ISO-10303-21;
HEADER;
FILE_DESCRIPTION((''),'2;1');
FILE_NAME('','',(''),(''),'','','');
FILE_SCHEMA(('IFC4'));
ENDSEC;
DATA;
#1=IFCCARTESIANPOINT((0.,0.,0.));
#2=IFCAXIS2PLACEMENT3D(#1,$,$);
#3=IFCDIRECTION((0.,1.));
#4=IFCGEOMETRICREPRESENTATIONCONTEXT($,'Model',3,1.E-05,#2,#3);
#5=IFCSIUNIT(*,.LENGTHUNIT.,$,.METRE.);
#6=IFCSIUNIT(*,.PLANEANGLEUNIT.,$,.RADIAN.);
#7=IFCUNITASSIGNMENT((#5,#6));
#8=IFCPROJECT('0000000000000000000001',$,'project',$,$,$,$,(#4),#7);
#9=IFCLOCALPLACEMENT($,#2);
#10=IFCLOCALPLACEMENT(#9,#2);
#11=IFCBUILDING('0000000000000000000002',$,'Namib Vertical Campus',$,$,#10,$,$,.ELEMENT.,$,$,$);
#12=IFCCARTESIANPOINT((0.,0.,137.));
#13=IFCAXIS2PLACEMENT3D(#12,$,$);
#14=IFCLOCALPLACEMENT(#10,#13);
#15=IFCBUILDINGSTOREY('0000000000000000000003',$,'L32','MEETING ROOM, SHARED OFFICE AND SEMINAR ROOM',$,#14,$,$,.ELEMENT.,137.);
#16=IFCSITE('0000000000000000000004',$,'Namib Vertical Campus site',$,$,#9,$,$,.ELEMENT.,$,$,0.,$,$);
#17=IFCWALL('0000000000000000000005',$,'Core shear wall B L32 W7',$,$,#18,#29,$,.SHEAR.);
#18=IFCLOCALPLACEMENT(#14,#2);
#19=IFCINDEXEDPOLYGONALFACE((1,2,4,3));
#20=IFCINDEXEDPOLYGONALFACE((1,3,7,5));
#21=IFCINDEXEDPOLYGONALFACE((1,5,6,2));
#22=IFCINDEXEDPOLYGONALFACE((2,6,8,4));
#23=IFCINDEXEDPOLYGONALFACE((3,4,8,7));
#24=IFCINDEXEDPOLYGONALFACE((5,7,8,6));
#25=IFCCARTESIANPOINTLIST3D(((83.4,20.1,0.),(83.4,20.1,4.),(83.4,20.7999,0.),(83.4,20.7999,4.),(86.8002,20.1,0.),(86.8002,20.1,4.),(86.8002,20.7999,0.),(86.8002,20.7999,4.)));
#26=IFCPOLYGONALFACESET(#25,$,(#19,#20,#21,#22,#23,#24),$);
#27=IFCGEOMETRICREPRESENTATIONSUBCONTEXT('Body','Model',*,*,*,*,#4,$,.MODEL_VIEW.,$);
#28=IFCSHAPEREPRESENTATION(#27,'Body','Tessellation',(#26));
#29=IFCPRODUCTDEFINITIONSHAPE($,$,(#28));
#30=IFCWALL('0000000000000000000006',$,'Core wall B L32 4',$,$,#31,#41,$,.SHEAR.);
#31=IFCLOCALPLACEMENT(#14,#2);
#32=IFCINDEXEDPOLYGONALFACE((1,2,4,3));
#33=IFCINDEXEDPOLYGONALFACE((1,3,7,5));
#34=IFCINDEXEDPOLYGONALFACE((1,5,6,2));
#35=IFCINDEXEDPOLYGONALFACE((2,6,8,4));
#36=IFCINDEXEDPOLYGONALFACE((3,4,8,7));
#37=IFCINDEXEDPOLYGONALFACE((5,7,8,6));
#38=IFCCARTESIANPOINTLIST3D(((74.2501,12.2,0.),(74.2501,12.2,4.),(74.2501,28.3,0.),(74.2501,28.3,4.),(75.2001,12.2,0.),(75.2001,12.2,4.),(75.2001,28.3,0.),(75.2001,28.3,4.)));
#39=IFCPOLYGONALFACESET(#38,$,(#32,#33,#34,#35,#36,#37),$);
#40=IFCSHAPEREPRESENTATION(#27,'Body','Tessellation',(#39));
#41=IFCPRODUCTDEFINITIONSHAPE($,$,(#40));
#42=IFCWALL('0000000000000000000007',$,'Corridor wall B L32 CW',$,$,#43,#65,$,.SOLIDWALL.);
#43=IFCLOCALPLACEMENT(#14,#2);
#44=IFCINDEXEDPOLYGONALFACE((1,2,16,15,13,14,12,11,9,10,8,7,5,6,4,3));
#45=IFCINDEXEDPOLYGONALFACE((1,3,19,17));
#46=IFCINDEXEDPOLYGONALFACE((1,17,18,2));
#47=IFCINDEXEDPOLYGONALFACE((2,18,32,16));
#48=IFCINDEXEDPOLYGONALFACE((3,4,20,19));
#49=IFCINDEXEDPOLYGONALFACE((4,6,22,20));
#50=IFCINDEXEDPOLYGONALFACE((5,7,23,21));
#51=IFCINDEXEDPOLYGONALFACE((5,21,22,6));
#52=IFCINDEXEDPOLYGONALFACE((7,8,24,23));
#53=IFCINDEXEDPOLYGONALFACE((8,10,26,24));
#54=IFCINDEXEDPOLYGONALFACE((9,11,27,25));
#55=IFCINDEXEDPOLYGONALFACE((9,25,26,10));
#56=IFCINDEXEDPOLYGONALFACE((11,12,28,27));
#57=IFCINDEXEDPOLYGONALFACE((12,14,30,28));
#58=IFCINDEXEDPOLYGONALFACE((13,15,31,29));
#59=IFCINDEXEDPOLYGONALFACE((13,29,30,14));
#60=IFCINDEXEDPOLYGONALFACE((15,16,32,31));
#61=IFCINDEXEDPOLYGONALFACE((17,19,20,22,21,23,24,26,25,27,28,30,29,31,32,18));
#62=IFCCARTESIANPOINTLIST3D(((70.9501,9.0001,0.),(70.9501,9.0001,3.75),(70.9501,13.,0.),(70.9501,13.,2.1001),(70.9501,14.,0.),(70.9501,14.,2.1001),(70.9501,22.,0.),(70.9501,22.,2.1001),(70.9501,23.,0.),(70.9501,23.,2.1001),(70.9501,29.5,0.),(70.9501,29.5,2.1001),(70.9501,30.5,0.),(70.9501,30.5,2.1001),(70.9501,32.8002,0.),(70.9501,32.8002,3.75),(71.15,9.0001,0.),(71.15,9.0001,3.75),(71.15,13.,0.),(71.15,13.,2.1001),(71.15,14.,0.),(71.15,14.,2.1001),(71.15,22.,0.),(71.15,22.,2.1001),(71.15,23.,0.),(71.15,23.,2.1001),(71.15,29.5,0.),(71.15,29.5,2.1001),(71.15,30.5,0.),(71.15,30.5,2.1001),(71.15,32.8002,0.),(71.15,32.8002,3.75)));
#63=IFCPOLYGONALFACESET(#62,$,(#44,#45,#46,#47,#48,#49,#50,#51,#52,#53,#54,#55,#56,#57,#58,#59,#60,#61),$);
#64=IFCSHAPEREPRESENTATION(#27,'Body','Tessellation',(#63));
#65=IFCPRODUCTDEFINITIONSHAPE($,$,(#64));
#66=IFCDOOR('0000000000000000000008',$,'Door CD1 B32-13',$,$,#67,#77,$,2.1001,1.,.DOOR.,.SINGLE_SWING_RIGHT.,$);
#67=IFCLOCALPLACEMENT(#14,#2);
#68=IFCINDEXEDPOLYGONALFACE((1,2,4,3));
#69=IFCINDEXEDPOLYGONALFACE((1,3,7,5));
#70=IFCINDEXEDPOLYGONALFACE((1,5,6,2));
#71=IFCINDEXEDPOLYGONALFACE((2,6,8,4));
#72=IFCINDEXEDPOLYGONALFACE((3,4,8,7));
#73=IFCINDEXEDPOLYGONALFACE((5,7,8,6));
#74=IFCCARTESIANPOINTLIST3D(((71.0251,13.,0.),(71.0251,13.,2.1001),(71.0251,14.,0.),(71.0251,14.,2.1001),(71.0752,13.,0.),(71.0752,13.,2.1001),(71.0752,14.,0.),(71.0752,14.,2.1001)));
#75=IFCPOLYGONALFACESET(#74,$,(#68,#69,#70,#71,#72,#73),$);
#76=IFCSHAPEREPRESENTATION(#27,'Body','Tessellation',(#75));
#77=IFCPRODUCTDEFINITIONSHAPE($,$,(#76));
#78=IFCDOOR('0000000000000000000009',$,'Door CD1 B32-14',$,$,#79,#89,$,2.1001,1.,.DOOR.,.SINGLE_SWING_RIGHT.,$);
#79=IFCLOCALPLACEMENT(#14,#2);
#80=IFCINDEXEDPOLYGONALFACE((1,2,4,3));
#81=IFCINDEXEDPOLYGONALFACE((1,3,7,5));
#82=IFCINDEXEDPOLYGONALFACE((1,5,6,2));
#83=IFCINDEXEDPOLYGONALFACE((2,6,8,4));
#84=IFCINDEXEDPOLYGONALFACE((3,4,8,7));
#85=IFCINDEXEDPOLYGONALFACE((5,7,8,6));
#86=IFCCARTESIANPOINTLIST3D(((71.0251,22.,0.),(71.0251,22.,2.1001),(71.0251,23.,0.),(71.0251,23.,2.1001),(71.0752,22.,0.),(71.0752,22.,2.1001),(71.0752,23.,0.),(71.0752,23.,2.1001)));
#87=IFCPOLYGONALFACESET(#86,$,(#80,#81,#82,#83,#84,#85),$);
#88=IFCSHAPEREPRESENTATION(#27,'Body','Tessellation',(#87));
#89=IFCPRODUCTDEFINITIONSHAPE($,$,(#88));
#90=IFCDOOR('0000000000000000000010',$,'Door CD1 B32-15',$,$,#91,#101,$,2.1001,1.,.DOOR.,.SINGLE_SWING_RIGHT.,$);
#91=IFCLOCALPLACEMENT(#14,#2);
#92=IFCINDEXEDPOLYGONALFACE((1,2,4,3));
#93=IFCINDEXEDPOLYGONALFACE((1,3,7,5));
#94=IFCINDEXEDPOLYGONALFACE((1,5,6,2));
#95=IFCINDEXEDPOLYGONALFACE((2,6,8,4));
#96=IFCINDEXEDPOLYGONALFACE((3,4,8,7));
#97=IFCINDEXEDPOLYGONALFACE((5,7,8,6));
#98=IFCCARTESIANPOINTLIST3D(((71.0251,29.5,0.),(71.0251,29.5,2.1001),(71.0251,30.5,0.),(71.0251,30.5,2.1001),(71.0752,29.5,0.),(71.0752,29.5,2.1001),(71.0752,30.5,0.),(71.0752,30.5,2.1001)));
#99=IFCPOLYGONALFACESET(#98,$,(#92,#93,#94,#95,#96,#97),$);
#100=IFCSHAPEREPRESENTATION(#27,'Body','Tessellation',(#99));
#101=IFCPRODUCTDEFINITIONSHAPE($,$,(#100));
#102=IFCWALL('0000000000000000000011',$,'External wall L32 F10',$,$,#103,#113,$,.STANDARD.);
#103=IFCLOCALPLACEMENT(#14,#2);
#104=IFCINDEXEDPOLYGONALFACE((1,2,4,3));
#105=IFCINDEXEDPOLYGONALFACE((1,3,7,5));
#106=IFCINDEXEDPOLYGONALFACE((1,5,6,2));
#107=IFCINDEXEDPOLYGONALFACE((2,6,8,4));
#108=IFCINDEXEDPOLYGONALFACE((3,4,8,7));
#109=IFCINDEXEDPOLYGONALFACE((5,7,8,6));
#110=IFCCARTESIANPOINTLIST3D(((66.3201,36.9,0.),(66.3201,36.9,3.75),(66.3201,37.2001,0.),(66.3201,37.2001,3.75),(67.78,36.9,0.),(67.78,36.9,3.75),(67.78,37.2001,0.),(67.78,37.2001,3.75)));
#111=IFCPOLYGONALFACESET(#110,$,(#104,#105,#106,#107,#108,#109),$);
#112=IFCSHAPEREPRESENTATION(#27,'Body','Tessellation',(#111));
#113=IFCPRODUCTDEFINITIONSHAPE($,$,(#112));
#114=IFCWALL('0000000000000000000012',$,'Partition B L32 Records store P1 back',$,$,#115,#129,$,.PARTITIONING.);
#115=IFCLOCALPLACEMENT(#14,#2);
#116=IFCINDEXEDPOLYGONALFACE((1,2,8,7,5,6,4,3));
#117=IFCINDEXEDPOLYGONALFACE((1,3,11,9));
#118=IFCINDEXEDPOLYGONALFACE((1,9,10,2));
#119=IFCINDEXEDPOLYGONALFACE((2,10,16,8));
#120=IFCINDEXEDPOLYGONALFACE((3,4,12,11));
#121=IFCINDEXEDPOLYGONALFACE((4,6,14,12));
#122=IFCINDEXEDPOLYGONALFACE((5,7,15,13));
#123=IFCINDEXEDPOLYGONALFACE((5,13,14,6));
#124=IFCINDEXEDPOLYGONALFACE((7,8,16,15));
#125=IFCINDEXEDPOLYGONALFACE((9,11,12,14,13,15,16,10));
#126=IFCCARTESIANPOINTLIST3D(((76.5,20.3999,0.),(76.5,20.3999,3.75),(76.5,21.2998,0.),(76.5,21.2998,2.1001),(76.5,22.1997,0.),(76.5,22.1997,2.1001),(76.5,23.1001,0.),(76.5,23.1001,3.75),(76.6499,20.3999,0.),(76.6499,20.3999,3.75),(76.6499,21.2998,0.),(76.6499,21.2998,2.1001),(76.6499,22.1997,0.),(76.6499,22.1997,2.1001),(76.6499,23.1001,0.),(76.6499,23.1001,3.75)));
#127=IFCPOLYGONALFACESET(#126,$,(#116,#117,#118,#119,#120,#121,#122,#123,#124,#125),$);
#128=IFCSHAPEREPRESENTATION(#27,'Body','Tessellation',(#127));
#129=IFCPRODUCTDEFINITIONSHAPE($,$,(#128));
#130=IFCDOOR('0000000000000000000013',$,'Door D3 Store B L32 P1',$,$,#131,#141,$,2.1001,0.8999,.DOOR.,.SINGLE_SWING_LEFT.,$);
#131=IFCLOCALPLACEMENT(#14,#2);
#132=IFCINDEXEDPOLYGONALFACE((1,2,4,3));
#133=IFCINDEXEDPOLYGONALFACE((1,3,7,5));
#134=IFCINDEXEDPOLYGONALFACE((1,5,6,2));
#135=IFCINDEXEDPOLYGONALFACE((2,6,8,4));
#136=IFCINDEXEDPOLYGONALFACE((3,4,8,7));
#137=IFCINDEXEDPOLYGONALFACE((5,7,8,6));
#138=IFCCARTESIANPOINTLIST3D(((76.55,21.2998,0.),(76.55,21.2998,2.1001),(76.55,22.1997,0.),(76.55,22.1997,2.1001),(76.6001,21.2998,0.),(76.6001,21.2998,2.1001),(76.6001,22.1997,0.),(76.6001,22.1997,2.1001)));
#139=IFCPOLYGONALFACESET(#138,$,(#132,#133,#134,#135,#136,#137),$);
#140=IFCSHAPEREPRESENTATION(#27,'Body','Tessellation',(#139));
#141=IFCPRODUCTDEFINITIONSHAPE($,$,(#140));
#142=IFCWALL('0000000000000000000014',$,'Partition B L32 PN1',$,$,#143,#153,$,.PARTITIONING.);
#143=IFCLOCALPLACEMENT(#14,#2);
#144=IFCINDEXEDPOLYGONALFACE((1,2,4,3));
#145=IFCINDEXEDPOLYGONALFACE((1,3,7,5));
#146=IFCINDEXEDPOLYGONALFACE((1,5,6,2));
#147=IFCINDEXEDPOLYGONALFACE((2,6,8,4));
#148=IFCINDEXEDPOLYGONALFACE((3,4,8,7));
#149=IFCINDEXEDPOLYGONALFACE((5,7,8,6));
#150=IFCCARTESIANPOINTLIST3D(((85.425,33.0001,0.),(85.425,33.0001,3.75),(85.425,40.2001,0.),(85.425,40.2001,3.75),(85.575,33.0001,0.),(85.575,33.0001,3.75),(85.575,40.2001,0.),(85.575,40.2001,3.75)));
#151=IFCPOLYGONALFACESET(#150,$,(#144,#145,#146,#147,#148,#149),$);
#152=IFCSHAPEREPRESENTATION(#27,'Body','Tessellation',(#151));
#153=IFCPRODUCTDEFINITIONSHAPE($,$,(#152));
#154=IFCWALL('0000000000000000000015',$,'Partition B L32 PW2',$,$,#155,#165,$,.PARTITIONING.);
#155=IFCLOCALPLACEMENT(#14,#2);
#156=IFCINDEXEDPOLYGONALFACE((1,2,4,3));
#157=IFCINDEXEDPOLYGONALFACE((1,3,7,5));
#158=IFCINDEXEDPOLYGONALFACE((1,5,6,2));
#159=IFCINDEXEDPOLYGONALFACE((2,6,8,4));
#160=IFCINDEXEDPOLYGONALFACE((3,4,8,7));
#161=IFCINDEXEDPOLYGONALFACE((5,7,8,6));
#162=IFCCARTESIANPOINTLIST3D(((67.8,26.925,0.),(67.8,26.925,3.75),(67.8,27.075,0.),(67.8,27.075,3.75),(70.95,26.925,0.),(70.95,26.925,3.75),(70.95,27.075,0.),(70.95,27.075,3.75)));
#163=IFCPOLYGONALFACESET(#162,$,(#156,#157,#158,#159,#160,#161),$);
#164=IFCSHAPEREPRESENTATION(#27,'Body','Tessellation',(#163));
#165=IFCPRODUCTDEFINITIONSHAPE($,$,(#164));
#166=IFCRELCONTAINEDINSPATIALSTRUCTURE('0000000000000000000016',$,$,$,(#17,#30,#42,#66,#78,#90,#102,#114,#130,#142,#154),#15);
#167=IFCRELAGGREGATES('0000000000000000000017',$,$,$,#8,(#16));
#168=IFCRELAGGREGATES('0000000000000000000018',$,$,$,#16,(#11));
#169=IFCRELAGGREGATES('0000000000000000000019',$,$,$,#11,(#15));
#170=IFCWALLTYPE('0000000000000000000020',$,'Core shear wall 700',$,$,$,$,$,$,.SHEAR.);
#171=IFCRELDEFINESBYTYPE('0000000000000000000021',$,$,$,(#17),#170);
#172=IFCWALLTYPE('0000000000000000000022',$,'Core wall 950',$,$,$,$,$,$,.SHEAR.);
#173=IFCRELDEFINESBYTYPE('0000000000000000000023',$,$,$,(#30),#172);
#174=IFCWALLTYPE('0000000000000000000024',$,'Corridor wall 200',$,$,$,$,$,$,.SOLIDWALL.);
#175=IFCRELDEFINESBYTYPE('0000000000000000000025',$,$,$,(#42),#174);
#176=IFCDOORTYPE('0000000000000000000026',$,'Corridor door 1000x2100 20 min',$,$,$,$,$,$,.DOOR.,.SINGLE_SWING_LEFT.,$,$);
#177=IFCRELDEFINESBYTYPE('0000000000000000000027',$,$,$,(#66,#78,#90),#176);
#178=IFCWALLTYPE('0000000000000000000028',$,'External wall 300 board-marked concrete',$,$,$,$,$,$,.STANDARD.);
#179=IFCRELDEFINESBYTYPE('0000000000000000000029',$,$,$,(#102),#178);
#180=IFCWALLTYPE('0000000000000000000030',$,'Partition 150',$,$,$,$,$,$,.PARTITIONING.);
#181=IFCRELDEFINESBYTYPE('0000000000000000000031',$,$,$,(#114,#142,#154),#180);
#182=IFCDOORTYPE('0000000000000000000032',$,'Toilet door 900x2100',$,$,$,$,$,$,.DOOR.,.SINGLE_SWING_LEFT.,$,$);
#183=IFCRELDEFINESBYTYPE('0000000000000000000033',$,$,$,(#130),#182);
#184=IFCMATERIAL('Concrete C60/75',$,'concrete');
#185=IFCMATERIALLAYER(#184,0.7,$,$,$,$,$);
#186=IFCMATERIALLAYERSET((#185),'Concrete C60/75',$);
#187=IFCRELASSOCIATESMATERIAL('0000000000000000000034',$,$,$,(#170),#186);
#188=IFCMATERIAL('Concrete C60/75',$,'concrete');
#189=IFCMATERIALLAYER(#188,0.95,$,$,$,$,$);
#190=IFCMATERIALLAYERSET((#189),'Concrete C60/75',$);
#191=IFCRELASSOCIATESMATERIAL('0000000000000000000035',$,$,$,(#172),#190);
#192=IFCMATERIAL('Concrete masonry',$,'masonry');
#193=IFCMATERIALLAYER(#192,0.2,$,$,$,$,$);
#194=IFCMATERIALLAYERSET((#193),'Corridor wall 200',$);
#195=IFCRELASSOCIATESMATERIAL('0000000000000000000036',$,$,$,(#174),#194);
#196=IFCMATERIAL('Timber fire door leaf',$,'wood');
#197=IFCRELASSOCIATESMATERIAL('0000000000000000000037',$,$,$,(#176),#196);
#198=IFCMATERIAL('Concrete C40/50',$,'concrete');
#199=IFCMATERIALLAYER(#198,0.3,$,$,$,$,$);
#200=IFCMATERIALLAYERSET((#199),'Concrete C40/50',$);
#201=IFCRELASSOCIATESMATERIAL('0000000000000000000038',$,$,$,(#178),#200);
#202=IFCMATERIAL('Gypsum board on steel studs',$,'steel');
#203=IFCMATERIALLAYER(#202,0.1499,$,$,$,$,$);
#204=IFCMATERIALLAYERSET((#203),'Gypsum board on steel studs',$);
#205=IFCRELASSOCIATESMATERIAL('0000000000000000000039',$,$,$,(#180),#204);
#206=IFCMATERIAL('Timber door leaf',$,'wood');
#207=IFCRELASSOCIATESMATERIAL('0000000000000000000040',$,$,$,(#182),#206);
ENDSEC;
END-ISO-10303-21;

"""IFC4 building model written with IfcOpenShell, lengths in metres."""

from ifc_helpers import new_model, si_unit, direction, frame, frame_2d, origin, place, context, subcontext, project, spatial, rectangle, extrude, material, layer, layer_set, type_object, element, fill, save


model = new_model("IFC4")

# Units and contexts
model_context = context("Model", 3, precision=1e-05, world=origin(), true_north=direction((0.0, 1.0)))
body_context = subcontext(model_context, "Body", "Model", "MODEL_VIEW")
ifc_project = project(units=[si_unit("LENGTHUNIT", "METRE"), si_unit("PLANEANGLEUNIT", "RADIAN")], contexts=[model_context])

# Site, building, storey
site_placement = place(None, origin())
site = spatial("IfcSite", under=ifc_project, at=site_placement, Name="Namib Vertical Campus site", CompositionType="ELEMENT", RefElevation=0.0)
building_placement = place(site_placement, origin())
building = spatial("IfcBuilding", under=site, at=building_placement, Name="Namib Vertical Campus", CompositionType="ELEMENT")
storey_placement = place(building_placement, frame((0.0, 0.0, 137.0)))
storey = spatial("IfcBuildingStorey", under=building, at=storey_placement, Name="L32", Description="MEETING ROOM, SHARED OFFICE AND SEMINAR ROOM", CompositionType="ELEMENT", Elevation=137.0)

# Walls
ifc_material_1 = material(Name="Concrete C60/75", Category="concrete")
ifc_layer_1 = layer(ifc_material_1, 0.7)
ifc_layer_set_1 = layer_set([ifc_layer_1], Name="Concrete C60/75")
wall_type_1 = type_object("IfcWallType", Name="Core shear wall 700", PredefinedType="SHEAR", material=ifc_layer_set_1)
wall_1_placement = place(storey_placement, frame((83.3999, 20.45, 0.0), z_axis=(0.0, 0.0, 1.0), x_axis=(1.0, 0.0, 0.0)))
element("IfcWall", 1, at=wall_1_placement, inside=storey, type_object=wall_type_1, Name="Core shear wall B L32 W7", PredefinedType="SHEAR", context=body_context, shape_type="SweptSolid", body=[
    extrude(rectangle(XDim=3.4001, YDim=0.7, at=frame_2d((1.7002, 0.0))), origin(), (0.0, 0.0, 1.0), 4.0),
])
ifc_material_2 = material(Name="Concrete C60/75", Category="concrete")
ifc_layer_2 = layer(ifc_material_2, 0.95)
ifc_layer_set_2 = layer_set([ifc_layer_2], Name="Concrete C60/75")
wall_type_2 = type_object("IfcWallType", Name="Core wall 950", PredefinedType="SHEAR", material=ifc_layer_set_2)
wall_2_placement = place(storey_placement, frame((74.7251, 28.3, 0.0), z_axis=(0.0, 0.0, 1.0), x_axis=(0.0, -1.0, 0.0)))
element("IfcWall", 2, at=wall_2_placement, inside=storey, type_object=wall_type_2, Name="Core wall B L32 4", PredefinedType="SHEAR", context=body_context, shape_type="SweptSolid", body=[
    extrude(rectangle(XDim=16.1001, YDim=0.95, at=frame_2d((8.05, 0.0))), origin(), (0.0, 0.0, 1.0), 4.0),
])

# Wall, openings, doors
ifc_material_3 = material(Name="Concrete masonry", Category="masonry")
ifc_layer_3 = layer(ifc_material_3, 0.2)
ifc_layer_set_3 = layer_set([ifc_layer_3], Name="Corridor wall 200")
wall_type_3 = type_object("IfcWallType", Name="Corridor wall 200", PredefinedType="SOLIDWALL", material=ifc_layer_set_3)
wall_3_placement = place(storey_placement, frame((71.05, 32.8, 0.0), z_axis=(0.0, 0.0, 1.0), x_axis=(0.0, -1.0, 0.0)))
wall_3 = element("IfcWall", 3, at=wall_3_placement, inside=storey, type_object=wall_type_3, Name="Corridor wall B L32 CW", PredefinedType="SOLIDWALL", context=body_context, shape_type="SweptSolid", body=[
    extrude(rectangle(XDim=23.8, YDim=0.2, at=frame_2d((11.8999, 0.0))), origin(), (0.0, 0.0, 1.0), 3.75),
])
opening_1_placement = place(wall_3_placement, frame((18.8, 0.0, 0.0)))
opening_1 = element("IfcOpeningElement", 4, at=opening_1_placement, cuts=wall_3, PredefinedType="OPENING", context=body_context, shape_type="SweptSolid", body=[
    extrude(rectangle(XDim=1.0, YDim=2.1001, at=frame_2d((0.5, 1.05))), frame((0.0, 0.1099, 0.0), z_axis=(0.0, -1.0, 0.0), x_axis=(1.0, 0.0, 0.0)), (0.0, 0.0, 1.0), 0.22),
])
opening_2_placement = place(wall_3_placement, frame((9.8, 0.0, 0.0)))
opening_2 = element("IfcOpeningElement", 5, at=opening_2_placement, cuts=wall_3, PredefinedType="OPENING", context=body_context, shape_type="SweptSolid", body=[
    extrude(rectangle(XDim=1.0, YDim=2.1001, at=frame_2d((0.5, 1.05))), frame((0.0, 0.1099, 0.0), z_axis=(0.0, -1.0, 0.0), x_axis=(1.0, 0.0, 0.0)), (0.0, 0.0, 1.0), 0.22),
])
opening_3_placement = place(wall_3_placement, frame((2.3, 0.0, 0.0)))
opening_3 = element("IfcOpeningElement", 6, at=opening_3_placement, cuts=wall_3, PredefinedType="OPENING", context=body_context, shape_type="SweptSolid", body=[
    extrude(rectangle(XDim=1.0, YDim=2.1001, at=frame_2d((0.5, 1.05))), frame((0.0, 0.1099, 0.0), z_axis=(0.0, -1.0, 0.0), x_axis=(1.0, 0.0, 0.0)), (0.0, 0.0, 1.0), 0.22),
])
ifc_material_4 = material(Name="Timber fire door leaf", Category="wood")
door_type_1 = type_object("IfcDoorType", Name="Corridor door 1000x2100 20 min", OperationType="SINGLE_SWING_LEFT", PredefinedType="DOOR", material=ifc_material_4)
door_1_placement = place(opening_1_placement, frame((1.0, 0.0, 0.0), z_axis=(0.0, 0.0, 1.0), x_axis=(-1.0, 0.0, 0.0)))
door_1 = element("IfcDoor", 7, at=door_1_placement, inside=storey, type_object=door_type_1, Name="Door CD1 B32-13", OperationType="SINGLE_SWING_RIGHT", OverallHeight=2.1001, OverallWidth=1.0, PredefinedType="DOOR", context=body_context, shape_type="SweptSolid", body=[
    extrude(rectangle(XDim=1.0, YDim=2.1001, at=frame_2d((0.5, 1.05))), frame((0.0, 0.0249, 0.0), z_axis=(0.0, -1.0, 0.0), x_axis=(1.0, 0.0, 0.0)), (0.0, 0.0, 1.0), 0.05),
])
fill(opening_1, door_1)
door_2_placement = place(opening_2_placement, frame((1.0, 0.0, 0.0), z_axis=(0.0, 0.0, 1.0), x_axis=(-1.0, 0.0, 0.0)))
door_2 = element("IfcDoor", 8, at=door_2_placement, inside=storey, type_object=door_type_1, Name="Door CD1 B32-14", OperationType="SINGLE_SWING_RIGHT", OverallHeight=2.1001, OverallWidth=1.0, PredefinedType="DOOR", context=body_context, shape_type="SweptSolid", body=[
    extrude(rectangle(XDim=1.0, YDim=2.1001, at=frame_2d((0.5, 1.05))), frame((0.0, 0.0249, 0.0), z_axis=(0.0, -1.0, 0.0), x_axis=(1.0, 0.0, 0.0)), (0.0, 0.0, 1.0), 0.05),
])
fill(opening_2, door_2)
door_3_placement = place(opening_3_placement, frame((1.0, 0.0, 0.0), z_axis=(0.0, 0.0, 1.0), x_axis=(-1.0, 0.0, 0.0)))
door_3 = element("IfcDoor", 9, at=door_3_placement, inside=storey, type_object=door_type_1, Name="Door CD1 B32-15", OperationType="SINGLE_SWING_RIGHT", OverallHeight=2.1001, OverallWidth=1.0, PredefinedType="DOOR", context=body_context, shape_type="SweptSolid", body=[
    extrude(rectangle(XDim=1.0, YDim=2.1001, at=frame_2d((0.5, 1.05))), frame((0.0, 0.0249, 0.0), z_axis=(0.0, -1.0, 0.0), x_axis=(1.0, 0.0, 0.0)), (0.0, 0.0, 1.0), 0.05),
])
fill(opening_3, door_3)

# Wall
ifc_material_5 = material(Name="Concrete C40/50", Category="concrete")
ifc_layer_4 = layer(ifc_material_5, 0.3)
ifc_layer_set_4 = layer_set([ifc_layer_4], Name="Concrete C40/50")
wall_type_4 = type_object("IfcWallType", Name="External wall 300 board-marked concrete", PredefinedType="STANDARD", material=ifc_layer_set_4)
wall_4_placement = place(storey_placement, frame((67.78, 37.05, 0.0), z_axis=(0.0, 0.0, 1.0), x_axis=(-1.0, 0.0, 0.0)))
element("IfcWall", 10, at=wall_4_placement, inside=storey, type_object=wall_type_4, Name="External wall L32 F10", PredefinedType="STANDARD", context=body_context, shape_type="SweptSolid", body=[
    extrude(rectangle(XDim=1.46, YDim=0.3, at=frame_2d((0.73, 0.0))), origin(), (0.0, 0.0, 1.0), 3.75),
])

# Wall, opening, door
ifc_material_6 = material(Name="Gypsum board on steel studs", Category="steel")
ifc_layer_5 = layer(ifc_material_6, 0.1499)
ifc_layer_set_5 = layer_set([ifc_layer_5], Name="Gypsum board on steel studs")
wall_type_5 = type_object("IfcWallType", Name="Partition 150", PredefinedType="PARTITIONING", material=ifc_layer_set_5)
wall_5_placement = place(storey_placement, frame((76.575, 20.3999, 0.0), z_axis=(0.0, 0.0, 1.0), x_axis=(0.0, 1.0, 0.0)))
wall_5 = element("IfcWall", 11, at=wall_5_placement, inside=storey, type_object=wall_type_5, Name="Partition B L32 Records store P1 back", PredefinedType="PARTITIONING", context=body_context, shape_type="SweptSolid", body=[
    extrude(rectangle(XDim=2.7002, YDim=0.1499, at=frame_2d((1.3501, 0.0))), origin(), (0.0, 0.0, 1.0), 3.75),
])
opening_4_placement = place(wall_5_placement, frame((0.8999, 0.0, 0.0)))
opening_4 = element("IfcOpeningElement", 12, at=opening_4_placement, cuts=wall_5, PredefinedType="OPENING", context=body_context, shape_type="SweptSolid", body=[
    extrude(rectangle(XDim=0.8999, YDim=2.1001, at=frame_2d((0.45, 1.05))), frame((0.0, 0.085, 0.0), z_axis=(0.0, -1.0, 0.0), x_axis=(1.0, 0.0, 0.0)), (0.0, 0.0, 1.0), 0.1699),
])
ifc_material_7 = material(Name="Timber door leaf", Category="wood")
door_type_2 = type_object("IfcDoorType", Name="Toilet door 900x2100", OperationType="SINGLE_SWING_LEFT", PredefinedType="DOOR", material=ifc_material_7)
door_4_placement = place(opening_4_placement, origin())
door_4 = element("IfcDoor", 13, at=door_4_placement, inside=storey, type_object=door_type_2, Name="Door D3 Store B L32 P1", OperationType="SINGLE_SWING_LEFT", OverallHeight=2.1001, OverallWidth=0.8999, PredefinedType="DOOR", context=body_context, shape_type="SweptSolid", body=[
    extrude(rectangle(XDim=0.8999, YDim=2.1001, at=frame_2d((0.45, 1.05))), frame((0.0, 0.0249, 0.0), z_axis=(0.0, -1.0, 0.0), x_axis=(1.0, 0.0, 0.0)), (0.0, 0.0, 1.0), 0.05),
])
fill(opening_4, door_4)

# Walls
wall_6_placement = place(storey_placement, frame((85.5, 33.0, 0.0), z_axis=(0.0, 0.0, 1.0), x_axis=(0.0, 1.0, 0.0)))
element("IfcWall", 14, at=wall_6_placement, inside=storey, type_object=wall_type_5, Name="Partition B L32 PN1", PredefinedType="PARTITIONING", context=body_context, shape_type="SweptSolid", body=[
    extrude(rectangle(XDim=7.2, YDim=0.1499, at=frame_2d((3.6001, 0.0))), origin(), (0.0, 0.0, 1.0), 3.75),
])
wall_7_placement = place(storey_placement, frame((67.8, 27.0, 0.0), z_axis=(0.0, 0.0, 1.0), x_axis=(1.0, 0.0, 0.0)))
element("IfcWall", 15, at=wall_7_placement, inside=storey, type_object=wall_type_5, Name="Partition B L32 PW2", PredefinedType="PARTITIONING", context=body_context, shape_type="SweptSolid", body=[
    extrude(rectangle(XDim=3.1499, YDim=0.1499, at=frame_2d((1.575, 0.0))), origin(), (0.0, 0.0, 1.0), 3.75),
])

save(model, "model.ifc")
